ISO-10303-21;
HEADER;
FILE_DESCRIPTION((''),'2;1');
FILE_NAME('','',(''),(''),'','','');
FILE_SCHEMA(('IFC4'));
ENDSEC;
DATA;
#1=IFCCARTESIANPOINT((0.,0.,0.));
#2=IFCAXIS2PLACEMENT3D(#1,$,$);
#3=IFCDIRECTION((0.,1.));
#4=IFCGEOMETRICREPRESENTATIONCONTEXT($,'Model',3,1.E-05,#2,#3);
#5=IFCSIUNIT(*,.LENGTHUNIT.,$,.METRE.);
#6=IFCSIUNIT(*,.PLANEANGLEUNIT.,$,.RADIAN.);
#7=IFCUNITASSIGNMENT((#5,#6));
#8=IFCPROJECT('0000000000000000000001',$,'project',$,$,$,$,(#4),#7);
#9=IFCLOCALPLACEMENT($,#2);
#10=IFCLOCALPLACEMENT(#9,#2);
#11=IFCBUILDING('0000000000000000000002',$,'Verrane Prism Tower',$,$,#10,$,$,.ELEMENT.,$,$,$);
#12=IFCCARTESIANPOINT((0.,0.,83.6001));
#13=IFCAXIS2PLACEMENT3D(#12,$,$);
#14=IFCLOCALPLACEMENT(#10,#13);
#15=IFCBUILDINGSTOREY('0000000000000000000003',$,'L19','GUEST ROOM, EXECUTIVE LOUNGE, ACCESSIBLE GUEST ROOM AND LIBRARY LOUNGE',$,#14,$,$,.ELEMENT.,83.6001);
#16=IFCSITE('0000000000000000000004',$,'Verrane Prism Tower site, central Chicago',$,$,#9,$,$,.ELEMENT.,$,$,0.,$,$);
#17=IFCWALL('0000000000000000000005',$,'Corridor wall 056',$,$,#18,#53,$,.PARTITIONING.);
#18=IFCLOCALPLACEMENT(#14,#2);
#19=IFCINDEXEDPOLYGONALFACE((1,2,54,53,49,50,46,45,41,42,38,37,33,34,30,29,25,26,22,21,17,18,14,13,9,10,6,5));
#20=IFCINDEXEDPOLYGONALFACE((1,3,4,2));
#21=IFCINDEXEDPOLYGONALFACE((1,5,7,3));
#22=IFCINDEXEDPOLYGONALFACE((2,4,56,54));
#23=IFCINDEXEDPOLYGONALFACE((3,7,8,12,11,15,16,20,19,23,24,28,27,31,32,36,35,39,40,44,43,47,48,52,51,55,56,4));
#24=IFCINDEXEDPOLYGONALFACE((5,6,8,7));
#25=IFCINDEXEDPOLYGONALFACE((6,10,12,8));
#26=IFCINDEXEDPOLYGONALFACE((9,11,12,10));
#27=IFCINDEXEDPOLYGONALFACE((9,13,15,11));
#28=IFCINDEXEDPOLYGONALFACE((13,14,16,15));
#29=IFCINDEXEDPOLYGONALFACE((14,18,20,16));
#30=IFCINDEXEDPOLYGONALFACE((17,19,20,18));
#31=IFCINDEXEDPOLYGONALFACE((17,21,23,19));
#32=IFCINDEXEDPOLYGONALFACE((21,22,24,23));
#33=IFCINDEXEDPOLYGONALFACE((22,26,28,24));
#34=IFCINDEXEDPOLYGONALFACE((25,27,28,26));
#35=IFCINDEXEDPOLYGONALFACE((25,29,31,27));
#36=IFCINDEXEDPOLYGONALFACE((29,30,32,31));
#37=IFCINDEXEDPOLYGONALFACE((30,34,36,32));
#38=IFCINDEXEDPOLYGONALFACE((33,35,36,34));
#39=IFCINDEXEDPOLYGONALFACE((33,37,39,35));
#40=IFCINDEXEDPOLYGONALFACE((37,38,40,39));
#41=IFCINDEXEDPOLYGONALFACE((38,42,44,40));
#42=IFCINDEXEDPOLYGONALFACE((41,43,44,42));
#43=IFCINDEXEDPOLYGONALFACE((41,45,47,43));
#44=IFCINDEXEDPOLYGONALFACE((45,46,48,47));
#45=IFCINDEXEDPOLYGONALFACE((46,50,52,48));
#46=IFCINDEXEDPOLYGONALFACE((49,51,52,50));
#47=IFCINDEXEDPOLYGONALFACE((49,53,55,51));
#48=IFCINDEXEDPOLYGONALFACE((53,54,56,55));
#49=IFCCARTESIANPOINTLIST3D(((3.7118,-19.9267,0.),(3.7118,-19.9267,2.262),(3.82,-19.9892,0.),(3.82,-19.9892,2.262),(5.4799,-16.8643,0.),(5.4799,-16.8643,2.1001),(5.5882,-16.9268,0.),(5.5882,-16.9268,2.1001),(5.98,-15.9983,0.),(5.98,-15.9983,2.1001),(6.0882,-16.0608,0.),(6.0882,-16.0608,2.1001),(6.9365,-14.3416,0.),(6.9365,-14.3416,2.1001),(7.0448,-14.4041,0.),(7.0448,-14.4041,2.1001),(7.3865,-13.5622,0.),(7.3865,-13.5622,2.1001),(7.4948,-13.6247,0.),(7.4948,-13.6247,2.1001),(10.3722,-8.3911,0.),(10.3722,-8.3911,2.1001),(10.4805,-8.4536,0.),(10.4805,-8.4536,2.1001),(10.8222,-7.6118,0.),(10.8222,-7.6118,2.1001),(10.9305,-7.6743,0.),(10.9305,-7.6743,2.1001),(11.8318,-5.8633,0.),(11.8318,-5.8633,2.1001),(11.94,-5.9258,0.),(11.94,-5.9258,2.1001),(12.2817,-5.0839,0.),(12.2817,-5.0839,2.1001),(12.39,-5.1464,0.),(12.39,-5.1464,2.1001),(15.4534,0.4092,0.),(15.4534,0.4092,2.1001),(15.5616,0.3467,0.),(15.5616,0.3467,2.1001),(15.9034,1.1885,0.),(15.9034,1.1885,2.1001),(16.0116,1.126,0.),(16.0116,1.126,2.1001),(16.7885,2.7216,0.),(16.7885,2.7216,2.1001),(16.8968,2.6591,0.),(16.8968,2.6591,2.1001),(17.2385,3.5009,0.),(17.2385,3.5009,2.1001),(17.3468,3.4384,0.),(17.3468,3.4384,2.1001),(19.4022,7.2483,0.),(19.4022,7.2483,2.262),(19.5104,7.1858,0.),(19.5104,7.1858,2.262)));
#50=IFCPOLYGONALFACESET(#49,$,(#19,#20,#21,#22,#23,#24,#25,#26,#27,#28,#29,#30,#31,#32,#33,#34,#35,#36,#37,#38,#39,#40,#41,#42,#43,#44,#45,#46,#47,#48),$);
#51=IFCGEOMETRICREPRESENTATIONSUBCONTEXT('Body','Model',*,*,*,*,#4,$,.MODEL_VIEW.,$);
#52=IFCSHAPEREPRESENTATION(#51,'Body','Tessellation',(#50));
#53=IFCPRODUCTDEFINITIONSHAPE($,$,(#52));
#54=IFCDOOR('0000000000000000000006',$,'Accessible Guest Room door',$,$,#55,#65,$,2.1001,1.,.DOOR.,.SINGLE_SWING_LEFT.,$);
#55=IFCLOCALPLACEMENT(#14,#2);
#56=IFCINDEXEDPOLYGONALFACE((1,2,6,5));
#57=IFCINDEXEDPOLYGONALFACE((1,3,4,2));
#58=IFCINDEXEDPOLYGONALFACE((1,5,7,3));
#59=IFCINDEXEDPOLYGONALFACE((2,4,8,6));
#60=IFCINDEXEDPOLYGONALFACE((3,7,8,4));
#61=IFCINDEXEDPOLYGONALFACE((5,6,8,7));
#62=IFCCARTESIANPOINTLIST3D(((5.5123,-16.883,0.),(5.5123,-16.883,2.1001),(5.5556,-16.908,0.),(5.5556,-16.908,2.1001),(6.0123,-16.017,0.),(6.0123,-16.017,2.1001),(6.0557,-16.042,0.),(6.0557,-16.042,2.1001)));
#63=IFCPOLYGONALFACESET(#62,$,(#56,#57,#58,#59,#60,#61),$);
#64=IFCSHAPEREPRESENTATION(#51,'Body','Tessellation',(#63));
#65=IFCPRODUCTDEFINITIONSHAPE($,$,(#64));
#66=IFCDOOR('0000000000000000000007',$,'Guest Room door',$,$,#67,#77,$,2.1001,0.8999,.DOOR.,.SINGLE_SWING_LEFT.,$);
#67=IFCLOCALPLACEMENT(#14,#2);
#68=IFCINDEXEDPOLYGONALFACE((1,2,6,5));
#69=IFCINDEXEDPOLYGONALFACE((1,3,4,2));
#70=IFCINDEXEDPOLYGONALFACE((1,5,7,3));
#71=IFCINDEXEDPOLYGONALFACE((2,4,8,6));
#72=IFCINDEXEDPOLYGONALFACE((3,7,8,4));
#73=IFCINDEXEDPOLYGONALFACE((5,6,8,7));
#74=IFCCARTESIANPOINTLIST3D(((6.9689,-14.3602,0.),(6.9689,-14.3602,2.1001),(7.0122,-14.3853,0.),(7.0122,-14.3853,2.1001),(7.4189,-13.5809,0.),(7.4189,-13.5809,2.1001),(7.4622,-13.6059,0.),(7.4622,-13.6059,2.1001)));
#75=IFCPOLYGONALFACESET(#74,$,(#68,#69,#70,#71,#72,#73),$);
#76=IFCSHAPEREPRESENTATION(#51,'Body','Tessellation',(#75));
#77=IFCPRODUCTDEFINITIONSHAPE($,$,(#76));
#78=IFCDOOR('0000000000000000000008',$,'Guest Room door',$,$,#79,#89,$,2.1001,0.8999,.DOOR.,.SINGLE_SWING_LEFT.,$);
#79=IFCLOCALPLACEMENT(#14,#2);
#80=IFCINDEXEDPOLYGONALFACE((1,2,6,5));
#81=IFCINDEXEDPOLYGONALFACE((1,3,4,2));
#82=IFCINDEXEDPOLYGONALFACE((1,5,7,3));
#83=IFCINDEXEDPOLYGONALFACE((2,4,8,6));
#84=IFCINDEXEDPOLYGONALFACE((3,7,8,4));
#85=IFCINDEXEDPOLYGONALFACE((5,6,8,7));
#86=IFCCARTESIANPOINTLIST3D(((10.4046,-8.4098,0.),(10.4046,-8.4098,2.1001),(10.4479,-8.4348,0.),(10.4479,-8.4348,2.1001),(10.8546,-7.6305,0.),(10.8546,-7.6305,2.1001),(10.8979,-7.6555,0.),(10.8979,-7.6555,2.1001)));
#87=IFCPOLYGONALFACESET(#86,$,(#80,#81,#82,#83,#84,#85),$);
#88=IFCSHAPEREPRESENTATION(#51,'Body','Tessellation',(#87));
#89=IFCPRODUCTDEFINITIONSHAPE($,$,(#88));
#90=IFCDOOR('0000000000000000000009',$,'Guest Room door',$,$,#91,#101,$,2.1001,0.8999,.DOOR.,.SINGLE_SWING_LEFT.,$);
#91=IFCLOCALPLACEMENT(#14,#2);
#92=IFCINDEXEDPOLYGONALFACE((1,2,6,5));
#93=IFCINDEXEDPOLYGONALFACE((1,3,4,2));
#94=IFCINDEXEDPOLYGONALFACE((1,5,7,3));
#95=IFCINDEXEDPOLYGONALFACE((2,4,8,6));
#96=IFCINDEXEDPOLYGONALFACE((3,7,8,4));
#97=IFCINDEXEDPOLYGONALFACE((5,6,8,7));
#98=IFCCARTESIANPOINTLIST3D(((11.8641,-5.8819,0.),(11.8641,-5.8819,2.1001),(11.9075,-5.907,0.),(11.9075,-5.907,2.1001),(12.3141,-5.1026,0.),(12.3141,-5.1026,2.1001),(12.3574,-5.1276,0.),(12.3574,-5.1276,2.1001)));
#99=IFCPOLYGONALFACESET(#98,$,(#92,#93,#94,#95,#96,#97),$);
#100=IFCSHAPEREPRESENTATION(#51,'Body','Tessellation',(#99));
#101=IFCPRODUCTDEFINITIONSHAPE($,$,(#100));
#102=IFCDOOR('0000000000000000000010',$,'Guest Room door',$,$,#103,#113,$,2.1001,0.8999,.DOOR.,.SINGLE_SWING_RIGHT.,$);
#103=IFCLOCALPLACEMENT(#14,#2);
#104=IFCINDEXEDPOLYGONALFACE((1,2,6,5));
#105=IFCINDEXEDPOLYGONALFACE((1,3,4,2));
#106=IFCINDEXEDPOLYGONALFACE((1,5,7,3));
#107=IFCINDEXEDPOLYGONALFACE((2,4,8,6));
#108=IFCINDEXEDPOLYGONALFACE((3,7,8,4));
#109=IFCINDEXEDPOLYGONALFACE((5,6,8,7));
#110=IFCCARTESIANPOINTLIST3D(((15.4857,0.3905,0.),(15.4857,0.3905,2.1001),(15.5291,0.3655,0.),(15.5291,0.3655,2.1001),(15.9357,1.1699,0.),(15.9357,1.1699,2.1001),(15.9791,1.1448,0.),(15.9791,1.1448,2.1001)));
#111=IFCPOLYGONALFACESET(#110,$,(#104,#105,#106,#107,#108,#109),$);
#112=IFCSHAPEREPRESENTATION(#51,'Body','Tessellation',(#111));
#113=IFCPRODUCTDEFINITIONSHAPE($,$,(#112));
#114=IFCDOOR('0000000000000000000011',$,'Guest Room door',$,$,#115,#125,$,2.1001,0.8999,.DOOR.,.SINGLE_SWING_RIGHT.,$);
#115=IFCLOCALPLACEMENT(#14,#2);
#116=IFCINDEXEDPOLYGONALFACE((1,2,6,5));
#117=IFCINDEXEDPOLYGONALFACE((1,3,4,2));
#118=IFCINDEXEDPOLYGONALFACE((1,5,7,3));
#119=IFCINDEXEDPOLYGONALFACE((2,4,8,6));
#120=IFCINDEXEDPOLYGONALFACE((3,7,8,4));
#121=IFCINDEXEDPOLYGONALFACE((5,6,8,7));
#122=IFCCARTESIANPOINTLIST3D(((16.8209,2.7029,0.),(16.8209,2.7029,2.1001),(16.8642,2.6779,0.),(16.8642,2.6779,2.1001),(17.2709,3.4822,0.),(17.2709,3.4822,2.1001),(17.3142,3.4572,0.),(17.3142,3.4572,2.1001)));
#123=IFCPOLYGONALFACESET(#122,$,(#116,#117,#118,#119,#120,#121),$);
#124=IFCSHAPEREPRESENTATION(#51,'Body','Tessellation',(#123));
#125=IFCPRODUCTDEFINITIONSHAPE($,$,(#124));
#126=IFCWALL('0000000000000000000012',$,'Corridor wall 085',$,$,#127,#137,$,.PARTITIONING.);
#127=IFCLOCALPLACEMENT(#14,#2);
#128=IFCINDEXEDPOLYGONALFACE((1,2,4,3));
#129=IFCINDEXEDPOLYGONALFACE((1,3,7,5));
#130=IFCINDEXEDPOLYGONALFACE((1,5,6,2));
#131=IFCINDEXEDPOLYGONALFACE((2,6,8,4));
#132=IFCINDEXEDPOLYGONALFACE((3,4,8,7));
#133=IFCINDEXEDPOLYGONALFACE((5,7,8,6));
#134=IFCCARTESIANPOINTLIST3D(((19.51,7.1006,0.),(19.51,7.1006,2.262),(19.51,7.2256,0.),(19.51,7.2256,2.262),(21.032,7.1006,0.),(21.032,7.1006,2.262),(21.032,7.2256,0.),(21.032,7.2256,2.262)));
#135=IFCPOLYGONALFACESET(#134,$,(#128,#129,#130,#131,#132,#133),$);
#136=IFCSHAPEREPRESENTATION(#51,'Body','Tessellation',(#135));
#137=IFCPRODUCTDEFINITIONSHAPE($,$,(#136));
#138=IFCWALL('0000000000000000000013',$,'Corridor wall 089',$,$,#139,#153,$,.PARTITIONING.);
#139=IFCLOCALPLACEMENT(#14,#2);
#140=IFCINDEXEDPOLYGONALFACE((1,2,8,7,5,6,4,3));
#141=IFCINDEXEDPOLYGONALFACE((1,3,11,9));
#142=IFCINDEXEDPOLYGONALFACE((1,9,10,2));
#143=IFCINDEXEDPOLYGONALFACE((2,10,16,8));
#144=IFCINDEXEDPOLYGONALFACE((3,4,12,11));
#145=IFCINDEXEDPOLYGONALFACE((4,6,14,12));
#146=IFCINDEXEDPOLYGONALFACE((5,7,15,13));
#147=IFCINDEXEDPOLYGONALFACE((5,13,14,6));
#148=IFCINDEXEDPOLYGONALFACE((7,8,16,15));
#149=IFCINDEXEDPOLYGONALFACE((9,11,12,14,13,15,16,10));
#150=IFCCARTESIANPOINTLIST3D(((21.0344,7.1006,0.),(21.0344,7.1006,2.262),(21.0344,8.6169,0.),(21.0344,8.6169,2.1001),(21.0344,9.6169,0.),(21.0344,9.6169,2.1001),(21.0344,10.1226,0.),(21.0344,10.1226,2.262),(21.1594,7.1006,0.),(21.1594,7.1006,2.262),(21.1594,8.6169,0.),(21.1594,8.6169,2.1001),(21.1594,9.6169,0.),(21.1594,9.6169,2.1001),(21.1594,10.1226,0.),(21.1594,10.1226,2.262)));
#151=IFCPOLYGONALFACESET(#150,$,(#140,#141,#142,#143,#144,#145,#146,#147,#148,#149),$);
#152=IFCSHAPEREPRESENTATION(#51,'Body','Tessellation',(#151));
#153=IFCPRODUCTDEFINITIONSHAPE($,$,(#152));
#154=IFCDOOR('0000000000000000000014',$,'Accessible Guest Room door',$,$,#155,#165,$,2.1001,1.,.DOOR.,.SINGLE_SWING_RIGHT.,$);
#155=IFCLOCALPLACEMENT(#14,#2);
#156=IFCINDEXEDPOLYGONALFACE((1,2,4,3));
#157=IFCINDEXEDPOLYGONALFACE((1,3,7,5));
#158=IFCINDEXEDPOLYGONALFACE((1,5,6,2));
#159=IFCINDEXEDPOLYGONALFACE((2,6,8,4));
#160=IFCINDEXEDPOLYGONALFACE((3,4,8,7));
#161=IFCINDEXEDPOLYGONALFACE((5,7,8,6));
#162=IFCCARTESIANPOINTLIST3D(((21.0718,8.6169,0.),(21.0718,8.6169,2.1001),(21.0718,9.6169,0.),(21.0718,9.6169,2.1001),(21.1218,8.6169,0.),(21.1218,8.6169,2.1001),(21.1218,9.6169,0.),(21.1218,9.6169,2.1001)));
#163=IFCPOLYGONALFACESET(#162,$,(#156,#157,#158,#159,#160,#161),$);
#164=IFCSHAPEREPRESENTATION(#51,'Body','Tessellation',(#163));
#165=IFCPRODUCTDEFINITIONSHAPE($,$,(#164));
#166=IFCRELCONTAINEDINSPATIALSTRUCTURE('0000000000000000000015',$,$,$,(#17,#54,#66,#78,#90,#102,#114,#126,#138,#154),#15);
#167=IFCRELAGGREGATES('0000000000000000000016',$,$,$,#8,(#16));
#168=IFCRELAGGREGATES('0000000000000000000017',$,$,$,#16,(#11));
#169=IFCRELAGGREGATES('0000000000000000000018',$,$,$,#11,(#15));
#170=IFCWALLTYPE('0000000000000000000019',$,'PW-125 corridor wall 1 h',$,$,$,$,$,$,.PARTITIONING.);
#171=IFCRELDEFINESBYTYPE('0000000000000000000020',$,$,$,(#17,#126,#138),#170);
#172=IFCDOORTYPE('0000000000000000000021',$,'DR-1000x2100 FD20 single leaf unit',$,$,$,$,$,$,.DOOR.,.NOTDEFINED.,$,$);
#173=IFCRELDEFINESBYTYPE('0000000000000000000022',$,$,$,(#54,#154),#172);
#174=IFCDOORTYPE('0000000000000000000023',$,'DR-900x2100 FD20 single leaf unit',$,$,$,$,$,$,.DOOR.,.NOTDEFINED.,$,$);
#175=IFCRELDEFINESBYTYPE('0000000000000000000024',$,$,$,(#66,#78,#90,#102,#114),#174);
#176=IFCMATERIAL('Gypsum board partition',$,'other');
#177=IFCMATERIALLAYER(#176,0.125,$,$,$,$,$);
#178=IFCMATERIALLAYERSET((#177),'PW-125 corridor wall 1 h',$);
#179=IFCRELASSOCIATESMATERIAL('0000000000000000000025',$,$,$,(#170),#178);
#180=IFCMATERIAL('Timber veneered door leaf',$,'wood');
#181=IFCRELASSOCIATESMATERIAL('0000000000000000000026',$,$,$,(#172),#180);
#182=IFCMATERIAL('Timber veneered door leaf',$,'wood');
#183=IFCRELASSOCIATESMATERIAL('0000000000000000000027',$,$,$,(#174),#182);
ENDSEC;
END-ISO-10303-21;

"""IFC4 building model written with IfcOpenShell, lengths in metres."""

from ifc_helpers import new_model, si_unit, direction, frame, frame_2d, origin, place, context, subcontext, project, spatial, rectangle, extrude, material, layer, layer_set, type_object, element, fill, save


model = new_model("IFC4")

# Units and contexts
model_context = context("Model", 3, precision=1e-05, world=origin(), true_north=direction((0.0, 1.0)))
body_context = subcontext(model_context, "Body", "Model", "MODEL_VIEW")
ifc_project = project(units=[si_unit("LENGTHUNIT", "METRE"), si_unit("PLANEANGLEUNIT", "RADIAN")], contexts=[model_context])

# Site, building, storey
site_placement = place(None, origin())
site = spatial("IfcSite", under=ifc_project, at=site_placement, Name="Verrane Prism Tower site, central Chicago", CompositionType="ELEMENT", RefElevation=0.0)
building_placement = place(site_placement, origin())
building = spatial("IfcBuilding", under=site, at=building_placement, Name="Verrane Prism Tower", CompositionType="ELEMENT")
storey_placement = place(building_placement, frame((0.0, 0.0, 83.6001)))
storey = spatial("IfcBuildingStorey", under=building, at=storey_placement, Name="L19", Description="GUEST ROOM, EXECUTIVE LOUNGE, ACCESSIBLE GUEST ROOM AND LIBRARY LOUNGE", CompositionType="ELEMENT", Elevation=83.6001)

# Wall, openings, doors
ifc_material_1 = material(Name="Gypsum board partition", Category="other")
ifc_layer_1 = layer(ifc_material_1, 0.125)
ifc_layer_set_1 = layer_set([ifc_layer_1], Name="PW-125 corridor wall 1 h")
wall_type_1 = type_object("IfcWallType", Name="PW-125 corridor wall 1 h", PredefinedType="PARTITIONING", material=ifc_layer_set_1)
wall_1_placement = place(storey_placement, frame((19.4563, 7.217, 0.0), z_axis=(0.0, 0.0, 1.0), x_axis=(-0.500022, -0.866013, 0.0)))
wall_1 = element("IfcWall", 1, at=wall_1_placement, inside=storey, type_object=wall_type_1, Name="Corridor wall 056", PredefinedType="PARTITIONING", context=body_context, shape_type="SweptSolid", body=[
    extrude(rectangle(XDim=31.3794, YDim=0.125, at=frame_2d((15.6897, 0.0))), origin(), (0.0, 0.0, 1.0), 2.262),
])
opening_1_placement = place(wall_1_placement, frame((26.8433, 0.0, 0.0)))
opening_1 = element("IfcOpeningElement", 2, at=opening_1_placement, cuts=wall_1, PredefinedType="OPENING", context=body_context, shape_type="SweptSolid", body=[
    extrude(rectangle(XDim=1.0, YDim=2.1001, at=frame_2d((0.5, 1.05))), frame((0.0, 0.0725, 0.0), z_axis=(0.0, -1.0, 0.0), x_axis=(1.0, 0.0, 0.0)), (0.0, 0.0, 1.0), 0.145),
])
opening_2_placement = place(wall_1_placement, frame((24.0303, 0.0, 0.0)))
opening_2 = element("IfcOpeningElement", 3, at=opening_2_placement, cuts=wall_1, PredefinedType="OPENING", context=body_context, shape_type="SweptSolid", body=[
    extrude(rectangle(XDim=0.8999, YDim=2.1001, at=frame_2d((0.45, 1.05))), frame((0.0, 0.0725, 0.0), z_axis=(0.0, -1.0, 0.0), x_axis=(1.0, 0.0, 0.0)), (0.0, 0.0, 1.0), 0.145),
])
opening_3_placement = place(wall_1_placement, frame((17.1592, 0.0, 0.0)))
opening_3 = element("IfcOpeningElement", 4, at=opening_3_placement, cuts=wall_1, PredefinedType="OPENING", context=body_context, shape_type="SweptSolid", body=[
    extrude(rectangle(XDim=0.8999, YDim=2.1001, at=frame_2d((0.45, 1.05))), frame((0.0, 0.0725, 0.0), z_axis=(0.0, -1.0, 0.0), x_axis=(1.0, 0.0, 0.0)), (0.0, 0.0, 1.0), 0.145),
])
opening_4_placement = place(wall_1_placement, frame((14.2402, 0.0, 0.0)))
opening_4 = element("IfcOpeningElement", 5, at=opening_4_placement, cuts=wall_1, PredefinedType="OPENING", context=body_context, shape_type="SweptSolid", body=[
    extrude(rectangle(XDim=0.8999, YDim=2.1001, at=frame_2d((0.45, 1.05))), frame((0.0, 0.0725, 0.0), z_axis=(0.0, -1.0, 0.0), x_axis=(1.0, 0.0, 0.0)), (0.0, 0.0, 1.0), 0.145),
])
opening_5_placement = place(wall_1_placement, frame((6.9973, 0.0, 0.0)))
opening_5 = element("IfcOpeningElement", 6, at=opening_5_placement, cuts=wall_1, PredefinedType="OPENING", context=body_context, shape_type="SweptSolid", body=[
    extrude(rectangle(XDim=0.8999, YDim=2.1001, at=frame_2d((0.45, 1.05))), frame((0.0, 0.0725, 0.0), z_axis=(0.0, -1.0, 0.0), x_axis=(1.0, 0.0, 0.0)), (0.0, 0.0, 1.0), 0.145),
])
opening_6_placement = place(wall_1_placement, frame((4.3271, 0.0, 0.0)))
opening_6 = element("IfcOpeningElement", 7, at=opening_6_placement, cuts=wall_1, PredefinedType="OPENING", context=body_context, shape_type="SweptSolid", body=[
    extrude(rectangle(XDim=0.8999, YDim=2.1001, at=frame_2d((0.45, 1.05))), frame((0.0, 0.0725, 0.0), z_axis=(0.0, -1.0, 0.0), x_axis=(1.0, 0.0, 0.0)), (0.0, 0.0, 1.0), 0.145),
])
ifc_material_2 = material(Name="Timber veneered door leaf", Category="wood")
door_type_1 = type_object("IfcDoorType", Name="DR-1000x2100 FD20 single leaf unit", OperationType="NOTDEFINED", PredefinedType="DOOR", material=ifc_material_2)
door_1_placement = place(opening_1_placement, origin())
door_1 = element("IfcDoor", 8, at=door_1_placement, inside=storey, type_object=door_type_1, Name="Accessible Guest Room door", OperationType="SINGLE_SWING_LEFT", OverallHeight=2.1001, OverallWidth=1.0, PredefinedType="DOOR", context=body_context, shape_type="SweptSolid", body=[
    extrude(rectangle(XDim=1.0, YDim=2.1001, at=frame_2d((0.5, 1.05))), frame((0.0, 0.0249, 0.0), z_axis=(0.0, -1.0, 0.0), x_axis=(1.0, 0.0, 0.0)), (0.0, 0.0, 1.0), 0.05),
])
fill(opening_1, door_1)
ifc_material_3 = material(Name="Timber veneered door leaf", Category="wood")
door_type_2 = type_object("IfcDoorType", Name="DR-900x2100 FD20 single leaf unit", OperationType="NOTDEFINED", PredefinedType="DOOR", material=ifc_material_3)
door_2_placement = place(opening_2_placement, origin())
door_2 = element("IfcDoor", 9, at=door_2_placement, inside=storey, type_object=door_type_2, Name="Guest Room door", OperationType="SINGLE_SWING_LEFT", OverallHeight=2.1001, OverallWidth=0.8999, PredefinedType="DOOR", context=body_context, shape_type="SweptSolid", body=[
    extrude(rectangle(XDim=0.8999, YDim=2.1001, at=frame_2d((0.45, 1.05))), frame((0.0, 0.0249, 0.0), z_axis=(0.0, -1.0, 0.0), x_axis=(1.0, 0.0, 0.0)), (0.0, 0.0, 1.0), 0.05),
])
fill(opening_2, door_2)
door_3_placement = place(opening_3_placement, origin())
door_3 = element("IfcDoor", 10, at=door_3_placement, inside=storey, type_object=door_type_2, Name="Guest Room door", OperationType="SINGLE_SWING_LEFT", OverallHeight=2.1001, OverallWidth=0.8999, PredefinedType="DOOR", context=body_context, shape_type="SweptSolid", body=[
    extrude(rectangle(XDim=0.8999, YDim=2.1001, at=frame_2d((0.45, 1.05))), frame((0.0, 0.0249, 0.0), z_axis=(0.0, -1.0, 0.0), x_axis=(1.0, 0.0, 0.0)), (0.0, 0.0, 1.0), 0.05),
])
fill(opening_3, door_3)
door_4_placement = place(opening_4_placement, origin())
door_4 = element("IfcDoor", 11, at=door_4_placement, inside=storey, type_object=door_type_2, Name="Guest Room door", OperationType="SINGLE_SWING_LEFT", OverallHeight=2.1001, OverallWidth=0.8999, PredefinedType="DOOR", context=body_context, shape_type="SweptSolid", body=[
    extrude(rectangle(XDim=0.8999, YDim=2.1001, at=frame_2d((0.45, 1.05))), frame((0.0, 0.0249, 0.0), z_axis=(0.0, -1.0, 0.0), x_axis=(1.0, 0.0, 0.0)), (0.0, 0.0, 1.0), 0.05),
])
fill(opening_4, door_4)
door_5_placement = place(opening_5_placement, origin())
door_5 = element("IfcDoor", 12, at=door_5_placement, inside=storey, type_object=door_type_2, Name="Guest Room door", OperationType="SINGLE_SWING_RIGHT", OverallHeight=2.1001, OverallWidth=0.8999, PredefinedType="DOOR", context=body_context, shape_type="SweptSolid", body=[
    extrude(rectangle(XDim=0.8999, YDim=2.1001, at=frame_2d((0.45, 1.05))), frame((0.0, 0.0249, 0.0), z_axis=(0.0, -1.0, 0.0), x_axis=(1.0, 0.0, 0.0)), (0.0, 0.0, 1.0), 0.05),
])
fill(opening_5, door_5)
door_6_placement = place(opening_6_placement, origin())
door_6 = element("IfcDoor", 13, at=door_6_placement, inside=storey, type_object=door_type_2, Name="Guest Room door", OperationType="SINGLE_SWING_RIGHT", OverallHeight=2.1001, OverallWidth=0.8999, PredefinedType="DOOR", context=body_context, shape_type="SweptSolid", body=[
    extrude(rectangle(XDim=0.8999, YDim=2.1001, at=frame_2d((0.45, 1.05))), frame((0.0, 0.0249, 0.0), z_axis=(0.0, -1.0, 0.0), x_axis=(1.0, 0.0, 0.0)), (0.0, 0.0, 1.0), 0.05),
])
fill(opening_6, door_6)

# Wall
wall_2_placement = place(storey_placement, frame((19.51, 7.1631, 0.0), z_axis=(0.0, 0.0, 1.0), x_axis=(1.0, 0.0, 0.0)))
element("IfcWall", 14, at=wall_2_placement, inside=storey, type_object=wall_type_1, Name="Corridor wall 085", PredefinedType="PARTITIONING", context=body_context, shape_type="SweptSolid", body=[
    extrude(rectangle(XDim=1.522, YDim=0.125, at=frame_2d((0.761, 0.0))), origin(), (0.0, 0.0, 1.0), 2.262),
])

# Wall, opening, door
wall_3_placement = place(storey_placement, frame((21.0969, 10.1226, 0.0), z_axis=(0.0, 0.0, 1.0), x_axis=(0.0, -1.0, 0.0)))
wall_3 = element("IfcWall", 15, at=wall_3_placement, inside=storey, type_object=wall_type_1, Name="Corridor wall 089", PredefinedType="PARTITIONING", context=body_context, shape_type="SweptSolid", body=[
    extrude(rectangle(XDim=3.022, YDim=0.125, at=frame_2d((1.511, 0.0))), origin(), (0.0, 0.0, 1.0), 2.262),
])
opening_7_placement = place(wall_3_placement, frame((0.5056, 0.0, 0.0)))
opening_7 = element("IfcOpeningElement", 16, at=opening_7_placement, cuts=wall_3, PredefinedType="OPENING", context=body_context, shape_type="SweptSolid", body=[
    extrude(rectangle(XDim=1.0, YDim=2.1001, at=frame_2d((0.5, 1.05))), frame((0.0, 0.0725, 0.0), z_axis=(0.0, -1.0, 0.0), x_axis=(1.0, 0.0, 0.0)), (0.0, 0.0, 1.0), 0.145),
])
door_7_placement = place(opening_7_placement, origin())
door_7 = element("IfcDoor", 17, at=door_7_placement, inside=storey, type_object=door_type_1, Name="Accessible Guest Room door", OperationType="SINGLE_SWING_RIGHT", OverallHeight=2.1001, OverallWidth=1.0, PredefinedType="DOOR", context=body_context, shape_type="SweptSolid", body=[
    extrude(rectangle(XDim=1.0, YDim=2.1001, at=frame_2d((0.5, 1.05))), frame((0.0, 0.0249, 0.0), z_axis=(0.0, -1.0, 0.0), x_axis=(1.0, 0.0, 0.0)), (0.0, 0.0, 1.0), 0.05),
])
fill(opening_7, door_7)

save(model, "model.ifc")
